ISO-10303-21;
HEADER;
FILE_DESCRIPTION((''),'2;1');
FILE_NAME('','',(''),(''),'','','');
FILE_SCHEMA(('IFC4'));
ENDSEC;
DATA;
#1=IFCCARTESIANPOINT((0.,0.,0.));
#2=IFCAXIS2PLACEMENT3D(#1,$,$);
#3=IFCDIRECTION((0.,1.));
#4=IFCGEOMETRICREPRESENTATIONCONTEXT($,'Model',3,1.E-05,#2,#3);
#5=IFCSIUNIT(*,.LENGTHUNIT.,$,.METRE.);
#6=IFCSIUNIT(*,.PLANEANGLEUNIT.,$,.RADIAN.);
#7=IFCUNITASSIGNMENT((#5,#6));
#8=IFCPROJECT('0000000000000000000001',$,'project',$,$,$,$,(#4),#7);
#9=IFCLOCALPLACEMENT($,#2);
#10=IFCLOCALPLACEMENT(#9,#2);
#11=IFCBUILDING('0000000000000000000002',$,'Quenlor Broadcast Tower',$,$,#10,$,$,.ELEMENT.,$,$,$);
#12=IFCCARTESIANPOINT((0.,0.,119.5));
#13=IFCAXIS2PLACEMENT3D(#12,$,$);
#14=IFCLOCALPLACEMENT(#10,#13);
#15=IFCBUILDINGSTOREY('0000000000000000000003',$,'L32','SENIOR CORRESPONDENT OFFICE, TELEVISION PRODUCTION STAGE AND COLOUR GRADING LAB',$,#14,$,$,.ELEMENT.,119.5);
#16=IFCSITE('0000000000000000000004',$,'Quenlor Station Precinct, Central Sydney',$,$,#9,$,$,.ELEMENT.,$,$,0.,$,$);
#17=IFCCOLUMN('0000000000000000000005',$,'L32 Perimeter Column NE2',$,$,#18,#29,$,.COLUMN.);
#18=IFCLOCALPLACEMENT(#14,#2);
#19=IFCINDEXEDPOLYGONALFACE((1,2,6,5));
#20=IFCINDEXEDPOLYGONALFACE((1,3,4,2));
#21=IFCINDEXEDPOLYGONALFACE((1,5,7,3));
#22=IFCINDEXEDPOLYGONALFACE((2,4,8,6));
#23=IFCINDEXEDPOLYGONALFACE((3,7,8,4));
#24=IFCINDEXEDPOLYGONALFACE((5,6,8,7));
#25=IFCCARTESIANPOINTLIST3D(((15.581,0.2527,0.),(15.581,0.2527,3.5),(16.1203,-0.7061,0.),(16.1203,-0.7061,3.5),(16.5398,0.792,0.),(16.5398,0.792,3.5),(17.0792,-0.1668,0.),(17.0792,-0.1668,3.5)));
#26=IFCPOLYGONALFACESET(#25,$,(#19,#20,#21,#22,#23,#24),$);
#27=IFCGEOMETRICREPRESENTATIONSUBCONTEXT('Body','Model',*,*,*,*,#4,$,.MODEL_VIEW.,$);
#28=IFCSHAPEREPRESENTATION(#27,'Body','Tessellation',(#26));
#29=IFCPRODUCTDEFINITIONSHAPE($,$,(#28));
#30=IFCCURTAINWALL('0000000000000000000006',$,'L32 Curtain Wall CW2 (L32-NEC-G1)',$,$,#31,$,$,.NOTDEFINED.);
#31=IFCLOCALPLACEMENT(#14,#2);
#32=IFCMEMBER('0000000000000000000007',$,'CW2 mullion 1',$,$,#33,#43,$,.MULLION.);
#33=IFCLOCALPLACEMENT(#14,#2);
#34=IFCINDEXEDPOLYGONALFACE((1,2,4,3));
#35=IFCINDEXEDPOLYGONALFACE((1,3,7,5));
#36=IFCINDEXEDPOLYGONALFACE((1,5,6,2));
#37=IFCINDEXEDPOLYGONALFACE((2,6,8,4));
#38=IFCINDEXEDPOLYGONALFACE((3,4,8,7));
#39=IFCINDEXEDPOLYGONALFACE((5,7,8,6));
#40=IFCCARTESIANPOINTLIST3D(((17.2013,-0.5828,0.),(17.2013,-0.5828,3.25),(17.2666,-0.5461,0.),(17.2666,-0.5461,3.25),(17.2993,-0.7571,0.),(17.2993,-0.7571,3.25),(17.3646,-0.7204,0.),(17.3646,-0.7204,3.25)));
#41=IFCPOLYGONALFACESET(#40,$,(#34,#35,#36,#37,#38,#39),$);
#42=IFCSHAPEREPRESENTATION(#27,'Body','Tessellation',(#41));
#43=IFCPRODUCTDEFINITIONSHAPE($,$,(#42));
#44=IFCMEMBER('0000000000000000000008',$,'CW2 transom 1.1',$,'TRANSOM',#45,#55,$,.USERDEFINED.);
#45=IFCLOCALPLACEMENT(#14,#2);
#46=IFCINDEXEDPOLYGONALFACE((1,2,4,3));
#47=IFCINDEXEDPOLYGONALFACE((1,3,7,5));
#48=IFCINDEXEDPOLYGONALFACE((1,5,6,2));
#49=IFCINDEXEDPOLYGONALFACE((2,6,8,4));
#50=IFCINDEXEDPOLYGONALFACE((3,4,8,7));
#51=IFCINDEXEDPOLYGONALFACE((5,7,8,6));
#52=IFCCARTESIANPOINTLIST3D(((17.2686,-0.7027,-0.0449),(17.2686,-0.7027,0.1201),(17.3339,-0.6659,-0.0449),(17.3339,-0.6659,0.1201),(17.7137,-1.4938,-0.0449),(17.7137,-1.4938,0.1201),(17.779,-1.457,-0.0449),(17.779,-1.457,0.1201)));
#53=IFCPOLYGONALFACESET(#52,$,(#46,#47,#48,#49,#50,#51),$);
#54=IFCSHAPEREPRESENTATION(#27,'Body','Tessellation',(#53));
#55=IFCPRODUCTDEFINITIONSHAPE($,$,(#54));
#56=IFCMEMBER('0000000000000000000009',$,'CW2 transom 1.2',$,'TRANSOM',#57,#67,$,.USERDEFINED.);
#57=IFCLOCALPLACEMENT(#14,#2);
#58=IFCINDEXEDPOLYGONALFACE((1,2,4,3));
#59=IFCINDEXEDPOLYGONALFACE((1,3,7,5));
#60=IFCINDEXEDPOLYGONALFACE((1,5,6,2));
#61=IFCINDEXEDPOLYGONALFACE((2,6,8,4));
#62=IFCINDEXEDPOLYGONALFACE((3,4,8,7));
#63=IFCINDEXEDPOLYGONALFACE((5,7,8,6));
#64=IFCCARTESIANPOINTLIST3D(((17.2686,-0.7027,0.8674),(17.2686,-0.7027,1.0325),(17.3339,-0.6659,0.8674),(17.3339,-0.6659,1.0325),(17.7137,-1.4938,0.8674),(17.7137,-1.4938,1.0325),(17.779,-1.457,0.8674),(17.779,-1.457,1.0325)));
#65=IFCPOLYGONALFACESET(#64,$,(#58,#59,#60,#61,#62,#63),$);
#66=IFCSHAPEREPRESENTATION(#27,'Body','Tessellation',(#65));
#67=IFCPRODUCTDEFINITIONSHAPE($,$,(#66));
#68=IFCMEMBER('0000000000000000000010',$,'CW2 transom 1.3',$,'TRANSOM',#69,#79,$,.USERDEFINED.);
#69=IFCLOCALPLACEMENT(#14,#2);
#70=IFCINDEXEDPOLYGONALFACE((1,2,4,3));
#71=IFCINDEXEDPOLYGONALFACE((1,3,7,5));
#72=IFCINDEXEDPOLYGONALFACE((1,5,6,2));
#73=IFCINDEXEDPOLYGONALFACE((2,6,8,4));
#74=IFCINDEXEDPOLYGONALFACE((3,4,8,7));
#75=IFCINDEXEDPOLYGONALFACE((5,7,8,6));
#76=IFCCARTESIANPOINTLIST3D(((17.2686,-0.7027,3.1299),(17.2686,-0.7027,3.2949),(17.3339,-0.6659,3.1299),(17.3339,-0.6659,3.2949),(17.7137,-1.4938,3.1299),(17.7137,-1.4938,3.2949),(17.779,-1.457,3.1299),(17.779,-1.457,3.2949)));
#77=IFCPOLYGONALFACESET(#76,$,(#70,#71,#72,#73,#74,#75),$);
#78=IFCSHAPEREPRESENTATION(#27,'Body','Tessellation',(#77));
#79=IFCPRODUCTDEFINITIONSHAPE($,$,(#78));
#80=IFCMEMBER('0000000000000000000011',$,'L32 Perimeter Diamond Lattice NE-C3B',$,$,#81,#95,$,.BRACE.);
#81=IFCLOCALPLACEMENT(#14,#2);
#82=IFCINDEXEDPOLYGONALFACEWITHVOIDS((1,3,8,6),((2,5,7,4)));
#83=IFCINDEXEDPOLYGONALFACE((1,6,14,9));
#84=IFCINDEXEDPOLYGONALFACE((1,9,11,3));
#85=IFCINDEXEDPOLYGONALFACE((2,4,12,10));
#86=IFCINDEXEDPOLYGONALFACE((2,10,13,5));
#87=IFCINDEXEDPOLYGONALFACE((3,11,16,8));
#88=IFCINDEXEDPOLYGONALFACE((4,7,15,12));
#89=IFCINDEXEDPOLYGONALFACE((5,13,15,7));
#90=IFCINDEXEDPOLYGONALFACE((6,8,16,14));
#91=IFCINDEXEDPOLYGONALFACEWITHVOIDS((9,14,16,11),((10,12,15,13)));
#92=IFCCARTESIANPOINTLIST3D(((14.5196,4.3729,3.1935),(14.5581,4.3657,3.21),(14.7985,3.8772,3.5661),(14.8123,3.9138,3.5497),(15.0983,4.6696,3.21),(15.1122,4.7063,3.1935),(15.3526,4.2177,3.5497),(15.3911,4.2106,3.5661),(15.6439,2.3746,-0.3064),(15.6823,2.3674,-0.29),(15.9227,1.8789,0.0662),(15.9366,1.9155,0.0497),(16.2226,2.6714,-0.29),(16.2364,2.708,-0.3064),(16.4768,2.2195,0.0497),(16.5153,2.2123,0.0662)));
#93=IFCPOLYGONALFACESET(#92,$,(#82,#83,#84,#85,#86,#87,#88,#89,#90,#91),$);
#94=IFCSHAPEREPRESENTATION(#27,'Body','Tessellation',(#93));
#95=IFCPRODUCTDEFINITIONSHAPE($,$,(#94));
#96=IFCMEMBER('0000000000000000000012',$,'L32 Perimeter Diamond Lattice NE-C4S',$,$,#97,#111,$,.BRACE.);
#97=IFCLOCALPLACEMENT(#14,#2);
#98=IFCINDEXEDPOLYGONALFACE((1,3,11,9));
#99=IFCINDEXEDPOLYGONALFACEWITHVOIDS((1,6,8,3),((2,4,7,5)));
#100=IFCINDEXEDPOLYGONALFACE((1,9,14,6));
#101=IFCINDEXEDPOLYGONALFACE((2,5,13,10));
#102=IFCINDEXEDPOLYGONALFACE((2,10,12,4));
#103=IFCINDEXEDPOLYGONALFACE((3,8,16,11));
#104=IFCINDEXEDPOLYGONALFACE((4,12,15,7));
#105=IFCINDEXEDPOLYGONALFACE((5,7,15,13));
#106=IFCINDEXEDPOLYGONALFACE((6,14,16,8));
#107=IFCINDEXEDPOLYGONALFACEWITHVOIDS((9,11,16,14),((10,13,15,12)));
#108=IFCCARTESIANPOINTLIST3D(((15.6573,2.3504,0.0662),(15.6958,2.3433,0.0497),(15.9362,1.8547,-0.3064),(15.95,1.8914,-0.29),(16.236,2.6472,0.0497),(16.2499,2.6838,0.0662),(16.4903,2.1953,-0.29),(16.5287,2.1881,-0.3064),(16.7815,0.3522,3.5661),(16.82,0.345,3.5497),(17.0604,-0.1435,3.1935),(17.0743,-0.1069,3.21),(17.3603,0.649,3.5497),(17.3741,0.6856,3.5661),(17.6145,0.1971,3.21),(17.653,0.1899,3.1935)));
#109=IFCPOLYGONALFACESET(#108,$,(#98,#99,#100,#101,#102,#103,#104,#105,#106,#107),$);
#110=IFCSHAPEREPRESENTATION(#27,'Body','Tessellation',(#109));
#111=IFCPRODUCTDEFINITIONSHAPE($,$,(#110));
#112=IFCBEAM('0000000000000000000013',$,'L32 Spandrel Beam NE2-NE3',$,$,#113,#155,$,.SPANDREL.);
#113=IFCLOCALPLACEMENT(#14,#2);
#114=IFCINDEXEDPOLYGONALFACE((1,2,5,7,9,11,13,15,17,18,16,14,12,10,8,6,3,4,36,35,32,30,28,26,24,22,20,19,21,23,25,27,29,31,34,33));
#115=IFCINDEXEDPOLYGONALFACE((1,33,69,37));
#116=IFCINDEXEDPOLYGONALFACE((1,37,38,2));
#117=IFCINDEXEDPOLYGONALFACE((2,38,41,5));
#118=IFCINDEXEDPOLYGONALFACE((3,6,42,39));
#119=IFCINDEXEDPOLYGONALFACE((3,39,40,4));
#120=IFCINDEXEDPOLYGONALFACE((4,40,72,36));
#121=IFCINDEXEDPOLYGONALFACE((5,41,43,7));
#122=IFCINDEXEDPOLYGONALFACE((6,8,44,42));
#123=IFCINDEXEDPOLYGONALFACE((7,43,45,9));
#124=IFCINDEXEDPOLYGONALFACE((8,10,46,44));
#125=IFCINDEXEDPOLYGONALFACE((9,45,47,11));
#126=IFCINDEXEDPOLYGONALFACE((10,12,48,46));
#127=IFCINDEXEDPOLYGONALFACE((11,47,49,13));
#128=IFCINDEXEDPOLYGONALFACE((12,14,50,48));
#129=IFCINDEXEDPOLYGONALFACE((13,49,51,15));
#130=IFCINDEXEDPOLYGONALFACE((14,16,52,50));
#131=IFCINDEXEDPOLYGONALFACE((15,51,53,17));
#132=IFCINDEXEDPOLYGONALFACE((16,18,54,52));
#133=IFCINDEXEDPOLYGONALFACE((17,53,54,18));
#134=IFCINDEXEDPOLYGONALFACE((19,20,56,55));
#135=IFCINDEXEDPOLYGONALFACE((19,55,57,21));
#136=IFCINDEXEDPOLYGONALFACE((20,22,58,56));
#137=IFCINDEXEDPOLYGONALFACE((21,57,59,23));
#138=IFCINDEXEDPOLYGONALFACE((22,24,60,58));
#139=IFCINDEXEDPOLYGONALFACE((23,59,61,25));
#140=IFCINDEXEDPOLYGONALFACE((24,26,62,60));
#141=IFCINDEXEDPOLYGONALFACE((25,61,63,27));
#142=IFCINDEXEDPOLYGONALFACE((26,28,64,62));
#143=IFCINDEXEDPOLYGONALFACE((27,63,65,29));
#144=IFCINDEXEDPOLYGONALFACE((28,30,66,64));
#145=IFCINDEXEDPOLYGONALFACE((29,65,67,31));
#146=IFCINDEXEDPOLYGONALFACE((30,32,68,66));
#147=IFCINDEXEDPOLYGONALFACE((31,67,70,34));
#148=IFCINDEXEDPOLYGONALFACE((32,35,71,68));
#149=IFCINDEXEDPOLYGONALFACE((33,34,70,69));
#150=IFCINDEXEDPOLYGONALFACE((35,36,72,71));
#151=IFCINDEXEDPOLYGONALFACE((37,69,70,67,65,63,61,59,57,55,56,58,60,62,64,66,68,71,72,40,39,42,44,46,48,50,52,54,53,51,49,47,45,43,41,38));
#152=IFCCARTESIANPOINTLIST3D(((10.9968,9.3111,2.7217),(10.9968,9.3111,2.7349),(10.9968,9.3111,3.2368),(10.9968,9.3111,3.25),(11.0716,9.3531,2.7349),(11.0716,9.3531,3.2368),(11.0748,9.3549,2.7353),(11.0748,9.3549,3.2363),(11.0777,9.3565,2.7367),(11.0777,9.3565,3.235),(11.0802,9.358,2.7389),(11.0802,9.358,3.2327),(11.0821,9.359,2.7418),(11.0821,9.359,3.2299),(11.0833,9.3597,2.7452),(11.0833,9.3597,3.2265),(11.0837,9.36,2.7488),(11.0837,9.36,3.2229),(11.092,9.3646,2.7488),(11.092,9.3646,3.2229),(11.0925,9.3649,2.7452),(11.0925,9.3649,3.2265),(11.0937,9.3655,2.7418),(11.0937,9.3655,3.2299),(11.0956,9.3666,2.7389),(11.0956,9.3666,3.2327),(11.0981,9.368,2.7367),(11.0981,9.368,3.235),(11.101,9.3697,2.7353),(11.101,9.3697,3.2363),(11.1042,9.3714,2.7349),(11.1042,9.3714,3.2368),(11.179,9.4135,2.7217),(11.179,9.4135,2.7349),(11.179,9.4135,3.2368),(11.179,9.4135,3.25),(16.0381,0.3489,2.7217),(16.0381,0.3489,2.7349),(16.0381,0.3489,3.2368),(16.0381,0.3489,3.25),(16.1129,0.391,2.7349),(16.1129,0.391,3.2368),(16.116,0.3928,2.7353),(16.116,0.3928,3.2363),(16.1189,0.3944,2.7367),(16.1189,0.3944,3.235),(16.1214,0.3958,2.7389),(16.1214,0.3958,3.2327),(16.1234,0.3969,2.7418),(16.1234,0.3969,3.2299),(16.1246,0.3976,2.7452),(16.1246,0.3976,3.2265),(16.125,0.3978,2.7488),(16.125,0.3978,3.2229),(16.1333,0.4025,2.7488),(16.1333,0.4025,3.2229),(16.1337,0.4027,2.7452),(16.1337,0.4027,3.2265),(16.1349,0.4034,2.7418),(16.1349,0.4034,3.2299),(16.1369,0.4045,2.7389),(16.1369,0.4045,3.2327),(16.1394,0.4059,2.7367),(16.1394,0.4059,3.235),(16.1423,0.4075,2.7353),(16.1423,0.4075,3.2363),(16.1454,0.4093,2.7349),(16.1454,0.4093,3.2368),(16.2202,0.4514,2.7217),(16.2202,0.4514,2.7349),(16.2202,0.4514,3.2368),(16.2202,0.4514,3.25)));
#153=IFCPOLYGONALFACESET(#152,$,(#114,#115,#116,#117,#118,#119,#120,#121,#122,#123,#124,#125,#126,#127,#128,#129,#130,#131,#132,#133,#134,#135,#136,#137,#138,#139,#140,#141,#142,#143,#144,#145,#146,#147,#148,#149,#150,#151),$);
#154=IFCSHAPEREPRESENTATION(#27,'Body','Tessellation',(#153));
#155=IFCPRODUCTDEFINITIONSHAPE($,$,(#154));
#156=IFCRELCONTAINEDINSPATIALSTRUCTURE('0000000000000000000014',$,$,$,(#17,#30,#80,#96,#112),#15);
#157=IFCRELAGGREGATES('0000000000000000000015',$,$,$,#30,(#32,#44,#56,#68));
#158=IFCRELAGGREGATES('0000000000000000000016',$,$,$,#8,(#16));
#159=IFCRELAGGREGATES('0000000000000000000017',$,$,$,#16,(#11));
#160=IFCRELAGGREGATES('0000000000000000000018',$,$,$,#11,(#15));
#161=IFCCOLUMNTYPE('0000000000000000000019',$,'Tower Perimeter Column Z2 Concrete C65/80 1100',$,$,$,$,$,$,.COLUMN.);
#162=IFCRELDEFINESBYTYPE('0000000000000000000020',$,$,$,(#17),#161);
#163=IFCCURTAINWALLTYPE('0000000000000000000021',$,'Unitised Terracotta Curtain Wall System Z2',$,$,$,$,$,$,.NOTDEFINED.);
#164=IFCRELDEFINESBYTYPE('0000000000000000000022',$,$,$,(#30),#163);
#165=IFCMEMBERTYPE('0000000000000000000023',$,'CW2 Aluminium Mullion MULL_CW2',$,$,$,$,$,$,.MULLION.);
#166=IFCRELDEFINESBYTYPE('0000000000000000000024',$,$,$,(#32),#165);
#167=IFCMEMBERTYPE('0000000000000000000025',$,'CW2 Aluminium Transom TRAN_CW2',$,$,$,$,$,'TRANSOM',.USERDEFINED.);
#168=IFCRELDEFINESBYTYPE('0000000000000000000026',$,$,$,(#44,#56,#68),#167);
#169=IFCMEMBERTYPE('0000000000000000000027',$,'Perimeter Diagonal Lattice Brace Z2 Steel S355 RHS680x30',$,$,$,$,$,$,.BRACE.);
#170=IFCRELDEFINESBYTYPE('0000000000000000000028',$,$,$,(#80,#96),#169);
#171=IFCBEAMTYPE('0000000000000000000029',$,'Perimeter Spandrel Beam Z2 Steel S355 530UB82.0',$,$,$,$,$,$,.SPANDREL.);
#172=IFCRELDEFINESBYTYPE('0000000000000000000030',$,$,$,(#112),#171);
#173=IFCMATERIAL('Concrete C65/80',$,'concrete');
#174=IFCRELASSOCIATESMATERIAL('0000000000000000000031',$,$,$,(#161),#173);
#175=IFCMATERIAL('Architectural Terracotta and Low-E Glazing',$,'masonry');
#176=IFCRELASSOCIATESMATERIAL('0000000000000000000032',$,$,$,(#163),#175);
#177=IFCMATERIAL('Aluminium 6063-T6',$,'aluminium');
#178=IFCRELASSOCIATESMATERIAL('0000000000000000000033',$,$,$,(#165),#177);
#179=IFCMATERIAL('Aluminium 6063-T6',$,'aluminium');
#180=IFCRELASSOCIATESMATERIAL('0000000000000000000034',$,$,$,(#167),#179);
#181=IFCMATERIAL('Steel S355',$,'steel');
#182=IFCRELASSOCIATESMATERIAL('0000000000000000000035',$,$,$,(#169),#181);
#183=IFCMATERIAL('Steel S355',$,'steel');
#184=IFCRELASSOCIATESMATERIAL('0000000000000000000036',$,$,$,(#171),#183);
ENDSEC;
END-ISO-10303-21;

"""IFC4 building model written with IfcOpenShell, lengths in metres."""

from ifc_helpers import new_model, si_unit, direction, frame, origin, origin_2d, place, context, subcontext, project, spatial, rectangle, hollow_rectangle, i_section, extrude, material, material_profile, profile_set, type_object, element, aggregate, save


model = new_model("IFC4")

# Units and contexts
model_context = context("Model", 3, precision=1e-05, world=origin(), true_north=direction((0.0, 1.0)))
body_context = subcontext(model_context, "Body", "Model", "MODEL_VIEW")
ifc_project = project(units=[si_unit("LENGTHUNIT", "METRE"), si_unit("PLANEANGLEUNIT", "RADIAN")], contexts=[model_context])

# Site, building, storey
site_placement = place(None, origin())
site = spatial("IfcSite", under=ifc_project, at=site_placement, Name="Quenlor Station Precinct, Central Sydney", CompositionType="ELEMENT", RefElevation=0.0)
building_placement = place(site_placement, origin())
building = spatial("IfcBuilding", under=site, at=building_placement, Name="Quenlor Broadcast Tower", CompositionType="ELEMENT")
storey_placement = place(building_placement, frame((0.0, 0.0, 119.5)))
storey = spatial("IfcBuildingStorey", under=building, at=storey_placement, Name="L32", Description="SENIOR CORRESPONDENT OFFICE, TELEVISION PRODUCTION STAGE AND COLOUR GRADING LAB", CompositionType="ELEMENT", Elevation=119.5)

# Column
ifc_material_1 = material(Name="Concrete C65/80", Category="concrete")
ifc_material_profile_1 = material_profile(ifc_material_1, rectangle(XDim=1.1001, YDim=1.1001, at=origin_2d()))
ifc_profile_set_1 = profile_set([ifc_material_profile_1], Name="Concrete C65/80 RC1100x1100")
column_type = type_object("IfcColumnType", Name="Tower Perimeter Column Z2 Concrete C65/80 1100", PredefinedType="COLUMN", material=ifc_profile_set_1)
column_placement = place(storey_placement, frame((16.3301, 0.043, 0.0), z_axis=(0.0, 0.0, 1.0), x_axis=(0.871575, 0.490262, 0.0)))
element("IfcColumn", 1, at=column_placement, inside=storey, type_object=column_type, Name="L32 Perimeter Column NE2", PredefinedType="COLUMN", context=body_context, shape_type="SweptSolid", body=[
    extrude(rectangle(XDim=1.1001, YDim=1.1001, at=origin_2d()), origin(), (0.0, 0.0, 1.0), 3.5),
])

# Curtain wall, members
ifc_material_2 = material(Name="Architectural Terracotta and Low-E Glazing", Category="masonry")
curtain_wall_type = type_object("IfcCurtainWallType", Name="Unitised Terracotta Curtain Wall System Z2", PredefinedType="NOTDEFINED", material=ifc_material_2)
curtain_wall_placement = place(storey_placement, origin())
curtain_wall = element("IfcCurtainWall", 2, at=curtain_wall_placement, inside=storey, type_object=curtain_wall_type, Name="L32 Curtain Wall CW2 (L32-NEC-G1)", PredefinedType="NOTDEFINED")
ifc_material_3 = material(Name="Aluminium 6063-T6", Category="aluminium")
ifc_material_profile_2 = material_profile(ifc_material_3, rectangle(XDim=0.075, YDim=0.2, at=origin_2d()))
ifc_profile_set_2 = profile_set([ifc_material_profile_2], Name="Aluminium 6063-T6 MULL75x200")
member_type_1 = type_object("IfcMemberType", Name="CW2 Aluminium Mullion MULL_CW2", PredefinedType="MULLION", material=ifc_profile_set_2)
member_1_placement = place(storey_placement, frame((17.283, -0.6516, 0.0), z_axis=(0.0, 0.0, 1.0), x_axis=(0.871581, 0.490252, 0.0)))
member_1 = element("IfcMember", 3, at=member_1_placement, type_object=member_type_1, Name="CW2 mullion 1", PredefinedType="MULLION", context=body_context, shape_type="SweptSolid", body=[
    extrude(rectangle(XDim=0.075, YDim=0.2, at=origin_2d()), origin(), (0.0, 0.0, 1.0), 3.25),
])
ifc_material_4 = material(Name="Aluminium 6063-T6", Category="aluminium")
ifc_material_profile_3 = material_profile(ifc_material_4, rectangle(XDim=0.075, YDim=0.165, at=origin_2d()))
ifc_profile_set_3 = profile_set([ifc_material_profile_3], Name="Aluminium 6063-T6 TRAN75x165")
member_type_2 = type_object("IfcMemberType", Name="CW2 Aluminium Transom TRAN_CW2", ElementType="TRANSOM", PredefinedType="USERDEFINED", material=ifc_profile_set_3)
member_2_placement = place(storey_placement, frame((17.3013, -0.6843, 0.0376), z_axis=(0.490363, -0.871518, 0.0), x_axis=(0.871518, 0.490363, 0.0)))
member_2 = element("IfcMember", 4, at=member_2_placement, type_object=member_type_2, Name="CW2 transom 1.1", ObjectType="TRANSOM", PredefinedType="USERDEFINED", context=body_context, shape_type="SweptSolid", body=[
    extrude(rectangle(XDim=0.075, YDim=0.165, at=origin_2d()), origin(), (0.0, 0.0, 1.0), 0.9077),
])
member_3_placement = place(storey_placement, frame((17.3013, -0.6843, 0.95), z_axis=(0.490363, -0.871518, 0.0), x_axis=(0.871518, 0.490363, 0.0)))
member_3 = element("IfcMember", 5, at=member_3_placement, type_object=member_type_2, Name="CW2 transom 1.2", ObjectType="TRANSOM", PredefinedType="USERDEFINED", context=body_context, shape_type="SweptSolid", body=[
    extrude(rectangle(XDim=0.075, YDim=0.165, at=origin_2d()), origin(), (0.0, 0.0, 1.0), 0.9077),
])
member_4_placement = place(storey_placement, frame((17.3013, -0.6843, 3.2124), z_axis=(0.490363, -0.871518, 0.0), x_axis=(0.871518, 0.490363, 0.0)))
member_4 = element("IfcMember", 6, at=member_4_placement, type_object=member_type_2, Name="CW2 transom 1.3", ObjectType="TRANSOM", PredefinedType="USERDEFINED", context=body_context, shape_type="SweptSolid", body=[
    extrude(rectangle(XDim=0.075, YDim=0.165, at=origin_2d()), origin(), (0.0, 0.0, 1.0), 0.9077),
])

# Members
ifc_material_5 = material(Name="Steel S355", Category="steel")
ifc_material_profile_4 = material_profile(ifc_material_5, hollow_rectangle(XDim=0.6799, YDim=0.6799, WallThickness=0.03, at=origin_2d()))
ifc_profile_set_4 = profile_set([ifc_material_profile_4], Name="Steel S355 RHS680x680x30")
member_type_3 = type_object("IfcMemberType", Name="Perimeter Diagonal Lattice Brace Z2 Steel S355 RHS680x30", PredefinedType="BRACE", material=ifc_profile_set_4)
for number, where, z_axis, x_axis, name in (
    (7, (16.0796, 2.2935, -0.1201), (-0.268697, 0.477585, 0.836489), (-0.871533, -0.490337, 0.0), "L32 Perimeter Diamond Lattice NE-C3B"),
    (8, (16.093, 2.2693, -0.1201), (0.268697, -0.477585, 0.836489), (0.871533, 0.490337, 0.0), "L32 Perimeter Diamond Lattice NE-C4S"),
):
    element("IfcMember", number, at=place(storey_placement, frame(where, z_axis=z_axis, x_axis=x_axis)), inside=storey, type_object=member_type_3, Name=name, PredefinedType="BRACE", context=body_context, shape_type="SweptSolid", body=[
        extrude(hollow_rectangle(XDim=0.6799, YDim=0.6799, WallThickness=0.03, at=origin_2d()), origin(), (0.0, 0.0, 1.0), 4.1841),
    ])

# Beam
ifc_material_6 = material(Name="Steel S355", Category="steel")
ifc_material_profile_5 = material_profile(ifc_material_6, i_section(OverallWidth=0.209, OverallDepth=0.5283, WebThickness=0.0095, FlangeThickness=0.0132, FilletRadius=0.0139, at=origin_2d()))
ifc_profile_set_5 = profile_set([ifc_material_profile_5], Name="Steel S355 530UB82.0")
beam_type_1 = type_object("IfcBeamType", Name="Perimeter Spandrel Beam Z2 Steel S355 530UB82.0", PredefinedType="SPANDREL", material=ifc_profile_set_5)
beam_1_placement = place(storey_placement, frame((16.1292, 0.4001, 2.9858), z_axis=(-0.490265, 0.871574, 0.0), x_axis=(-0.871574, -0.490265, 0.0)))
element("IfcBeam", 9, at=beam_1_placement, inside=storey, type_object=beam_type_1, Name="L32 Spandrel Beam NE2-NE3", PredefinedType="SPANDREL", context=body_context, shape_type="SweptSolid", body=[
    extrude(i_section(OverallWidth=0.209, OverallDepth=0.5283, WebThickness=0.0095, FlangeThickness=0.0132, FilletRadius=0.0139, at=origin_2d()), origin(), (0.0, 0.0, 1.0), 10.2827),
])

aggregate(curtain_wall, [member_1, member_2, member_3, member_4])

save(model, "model.ifc")
